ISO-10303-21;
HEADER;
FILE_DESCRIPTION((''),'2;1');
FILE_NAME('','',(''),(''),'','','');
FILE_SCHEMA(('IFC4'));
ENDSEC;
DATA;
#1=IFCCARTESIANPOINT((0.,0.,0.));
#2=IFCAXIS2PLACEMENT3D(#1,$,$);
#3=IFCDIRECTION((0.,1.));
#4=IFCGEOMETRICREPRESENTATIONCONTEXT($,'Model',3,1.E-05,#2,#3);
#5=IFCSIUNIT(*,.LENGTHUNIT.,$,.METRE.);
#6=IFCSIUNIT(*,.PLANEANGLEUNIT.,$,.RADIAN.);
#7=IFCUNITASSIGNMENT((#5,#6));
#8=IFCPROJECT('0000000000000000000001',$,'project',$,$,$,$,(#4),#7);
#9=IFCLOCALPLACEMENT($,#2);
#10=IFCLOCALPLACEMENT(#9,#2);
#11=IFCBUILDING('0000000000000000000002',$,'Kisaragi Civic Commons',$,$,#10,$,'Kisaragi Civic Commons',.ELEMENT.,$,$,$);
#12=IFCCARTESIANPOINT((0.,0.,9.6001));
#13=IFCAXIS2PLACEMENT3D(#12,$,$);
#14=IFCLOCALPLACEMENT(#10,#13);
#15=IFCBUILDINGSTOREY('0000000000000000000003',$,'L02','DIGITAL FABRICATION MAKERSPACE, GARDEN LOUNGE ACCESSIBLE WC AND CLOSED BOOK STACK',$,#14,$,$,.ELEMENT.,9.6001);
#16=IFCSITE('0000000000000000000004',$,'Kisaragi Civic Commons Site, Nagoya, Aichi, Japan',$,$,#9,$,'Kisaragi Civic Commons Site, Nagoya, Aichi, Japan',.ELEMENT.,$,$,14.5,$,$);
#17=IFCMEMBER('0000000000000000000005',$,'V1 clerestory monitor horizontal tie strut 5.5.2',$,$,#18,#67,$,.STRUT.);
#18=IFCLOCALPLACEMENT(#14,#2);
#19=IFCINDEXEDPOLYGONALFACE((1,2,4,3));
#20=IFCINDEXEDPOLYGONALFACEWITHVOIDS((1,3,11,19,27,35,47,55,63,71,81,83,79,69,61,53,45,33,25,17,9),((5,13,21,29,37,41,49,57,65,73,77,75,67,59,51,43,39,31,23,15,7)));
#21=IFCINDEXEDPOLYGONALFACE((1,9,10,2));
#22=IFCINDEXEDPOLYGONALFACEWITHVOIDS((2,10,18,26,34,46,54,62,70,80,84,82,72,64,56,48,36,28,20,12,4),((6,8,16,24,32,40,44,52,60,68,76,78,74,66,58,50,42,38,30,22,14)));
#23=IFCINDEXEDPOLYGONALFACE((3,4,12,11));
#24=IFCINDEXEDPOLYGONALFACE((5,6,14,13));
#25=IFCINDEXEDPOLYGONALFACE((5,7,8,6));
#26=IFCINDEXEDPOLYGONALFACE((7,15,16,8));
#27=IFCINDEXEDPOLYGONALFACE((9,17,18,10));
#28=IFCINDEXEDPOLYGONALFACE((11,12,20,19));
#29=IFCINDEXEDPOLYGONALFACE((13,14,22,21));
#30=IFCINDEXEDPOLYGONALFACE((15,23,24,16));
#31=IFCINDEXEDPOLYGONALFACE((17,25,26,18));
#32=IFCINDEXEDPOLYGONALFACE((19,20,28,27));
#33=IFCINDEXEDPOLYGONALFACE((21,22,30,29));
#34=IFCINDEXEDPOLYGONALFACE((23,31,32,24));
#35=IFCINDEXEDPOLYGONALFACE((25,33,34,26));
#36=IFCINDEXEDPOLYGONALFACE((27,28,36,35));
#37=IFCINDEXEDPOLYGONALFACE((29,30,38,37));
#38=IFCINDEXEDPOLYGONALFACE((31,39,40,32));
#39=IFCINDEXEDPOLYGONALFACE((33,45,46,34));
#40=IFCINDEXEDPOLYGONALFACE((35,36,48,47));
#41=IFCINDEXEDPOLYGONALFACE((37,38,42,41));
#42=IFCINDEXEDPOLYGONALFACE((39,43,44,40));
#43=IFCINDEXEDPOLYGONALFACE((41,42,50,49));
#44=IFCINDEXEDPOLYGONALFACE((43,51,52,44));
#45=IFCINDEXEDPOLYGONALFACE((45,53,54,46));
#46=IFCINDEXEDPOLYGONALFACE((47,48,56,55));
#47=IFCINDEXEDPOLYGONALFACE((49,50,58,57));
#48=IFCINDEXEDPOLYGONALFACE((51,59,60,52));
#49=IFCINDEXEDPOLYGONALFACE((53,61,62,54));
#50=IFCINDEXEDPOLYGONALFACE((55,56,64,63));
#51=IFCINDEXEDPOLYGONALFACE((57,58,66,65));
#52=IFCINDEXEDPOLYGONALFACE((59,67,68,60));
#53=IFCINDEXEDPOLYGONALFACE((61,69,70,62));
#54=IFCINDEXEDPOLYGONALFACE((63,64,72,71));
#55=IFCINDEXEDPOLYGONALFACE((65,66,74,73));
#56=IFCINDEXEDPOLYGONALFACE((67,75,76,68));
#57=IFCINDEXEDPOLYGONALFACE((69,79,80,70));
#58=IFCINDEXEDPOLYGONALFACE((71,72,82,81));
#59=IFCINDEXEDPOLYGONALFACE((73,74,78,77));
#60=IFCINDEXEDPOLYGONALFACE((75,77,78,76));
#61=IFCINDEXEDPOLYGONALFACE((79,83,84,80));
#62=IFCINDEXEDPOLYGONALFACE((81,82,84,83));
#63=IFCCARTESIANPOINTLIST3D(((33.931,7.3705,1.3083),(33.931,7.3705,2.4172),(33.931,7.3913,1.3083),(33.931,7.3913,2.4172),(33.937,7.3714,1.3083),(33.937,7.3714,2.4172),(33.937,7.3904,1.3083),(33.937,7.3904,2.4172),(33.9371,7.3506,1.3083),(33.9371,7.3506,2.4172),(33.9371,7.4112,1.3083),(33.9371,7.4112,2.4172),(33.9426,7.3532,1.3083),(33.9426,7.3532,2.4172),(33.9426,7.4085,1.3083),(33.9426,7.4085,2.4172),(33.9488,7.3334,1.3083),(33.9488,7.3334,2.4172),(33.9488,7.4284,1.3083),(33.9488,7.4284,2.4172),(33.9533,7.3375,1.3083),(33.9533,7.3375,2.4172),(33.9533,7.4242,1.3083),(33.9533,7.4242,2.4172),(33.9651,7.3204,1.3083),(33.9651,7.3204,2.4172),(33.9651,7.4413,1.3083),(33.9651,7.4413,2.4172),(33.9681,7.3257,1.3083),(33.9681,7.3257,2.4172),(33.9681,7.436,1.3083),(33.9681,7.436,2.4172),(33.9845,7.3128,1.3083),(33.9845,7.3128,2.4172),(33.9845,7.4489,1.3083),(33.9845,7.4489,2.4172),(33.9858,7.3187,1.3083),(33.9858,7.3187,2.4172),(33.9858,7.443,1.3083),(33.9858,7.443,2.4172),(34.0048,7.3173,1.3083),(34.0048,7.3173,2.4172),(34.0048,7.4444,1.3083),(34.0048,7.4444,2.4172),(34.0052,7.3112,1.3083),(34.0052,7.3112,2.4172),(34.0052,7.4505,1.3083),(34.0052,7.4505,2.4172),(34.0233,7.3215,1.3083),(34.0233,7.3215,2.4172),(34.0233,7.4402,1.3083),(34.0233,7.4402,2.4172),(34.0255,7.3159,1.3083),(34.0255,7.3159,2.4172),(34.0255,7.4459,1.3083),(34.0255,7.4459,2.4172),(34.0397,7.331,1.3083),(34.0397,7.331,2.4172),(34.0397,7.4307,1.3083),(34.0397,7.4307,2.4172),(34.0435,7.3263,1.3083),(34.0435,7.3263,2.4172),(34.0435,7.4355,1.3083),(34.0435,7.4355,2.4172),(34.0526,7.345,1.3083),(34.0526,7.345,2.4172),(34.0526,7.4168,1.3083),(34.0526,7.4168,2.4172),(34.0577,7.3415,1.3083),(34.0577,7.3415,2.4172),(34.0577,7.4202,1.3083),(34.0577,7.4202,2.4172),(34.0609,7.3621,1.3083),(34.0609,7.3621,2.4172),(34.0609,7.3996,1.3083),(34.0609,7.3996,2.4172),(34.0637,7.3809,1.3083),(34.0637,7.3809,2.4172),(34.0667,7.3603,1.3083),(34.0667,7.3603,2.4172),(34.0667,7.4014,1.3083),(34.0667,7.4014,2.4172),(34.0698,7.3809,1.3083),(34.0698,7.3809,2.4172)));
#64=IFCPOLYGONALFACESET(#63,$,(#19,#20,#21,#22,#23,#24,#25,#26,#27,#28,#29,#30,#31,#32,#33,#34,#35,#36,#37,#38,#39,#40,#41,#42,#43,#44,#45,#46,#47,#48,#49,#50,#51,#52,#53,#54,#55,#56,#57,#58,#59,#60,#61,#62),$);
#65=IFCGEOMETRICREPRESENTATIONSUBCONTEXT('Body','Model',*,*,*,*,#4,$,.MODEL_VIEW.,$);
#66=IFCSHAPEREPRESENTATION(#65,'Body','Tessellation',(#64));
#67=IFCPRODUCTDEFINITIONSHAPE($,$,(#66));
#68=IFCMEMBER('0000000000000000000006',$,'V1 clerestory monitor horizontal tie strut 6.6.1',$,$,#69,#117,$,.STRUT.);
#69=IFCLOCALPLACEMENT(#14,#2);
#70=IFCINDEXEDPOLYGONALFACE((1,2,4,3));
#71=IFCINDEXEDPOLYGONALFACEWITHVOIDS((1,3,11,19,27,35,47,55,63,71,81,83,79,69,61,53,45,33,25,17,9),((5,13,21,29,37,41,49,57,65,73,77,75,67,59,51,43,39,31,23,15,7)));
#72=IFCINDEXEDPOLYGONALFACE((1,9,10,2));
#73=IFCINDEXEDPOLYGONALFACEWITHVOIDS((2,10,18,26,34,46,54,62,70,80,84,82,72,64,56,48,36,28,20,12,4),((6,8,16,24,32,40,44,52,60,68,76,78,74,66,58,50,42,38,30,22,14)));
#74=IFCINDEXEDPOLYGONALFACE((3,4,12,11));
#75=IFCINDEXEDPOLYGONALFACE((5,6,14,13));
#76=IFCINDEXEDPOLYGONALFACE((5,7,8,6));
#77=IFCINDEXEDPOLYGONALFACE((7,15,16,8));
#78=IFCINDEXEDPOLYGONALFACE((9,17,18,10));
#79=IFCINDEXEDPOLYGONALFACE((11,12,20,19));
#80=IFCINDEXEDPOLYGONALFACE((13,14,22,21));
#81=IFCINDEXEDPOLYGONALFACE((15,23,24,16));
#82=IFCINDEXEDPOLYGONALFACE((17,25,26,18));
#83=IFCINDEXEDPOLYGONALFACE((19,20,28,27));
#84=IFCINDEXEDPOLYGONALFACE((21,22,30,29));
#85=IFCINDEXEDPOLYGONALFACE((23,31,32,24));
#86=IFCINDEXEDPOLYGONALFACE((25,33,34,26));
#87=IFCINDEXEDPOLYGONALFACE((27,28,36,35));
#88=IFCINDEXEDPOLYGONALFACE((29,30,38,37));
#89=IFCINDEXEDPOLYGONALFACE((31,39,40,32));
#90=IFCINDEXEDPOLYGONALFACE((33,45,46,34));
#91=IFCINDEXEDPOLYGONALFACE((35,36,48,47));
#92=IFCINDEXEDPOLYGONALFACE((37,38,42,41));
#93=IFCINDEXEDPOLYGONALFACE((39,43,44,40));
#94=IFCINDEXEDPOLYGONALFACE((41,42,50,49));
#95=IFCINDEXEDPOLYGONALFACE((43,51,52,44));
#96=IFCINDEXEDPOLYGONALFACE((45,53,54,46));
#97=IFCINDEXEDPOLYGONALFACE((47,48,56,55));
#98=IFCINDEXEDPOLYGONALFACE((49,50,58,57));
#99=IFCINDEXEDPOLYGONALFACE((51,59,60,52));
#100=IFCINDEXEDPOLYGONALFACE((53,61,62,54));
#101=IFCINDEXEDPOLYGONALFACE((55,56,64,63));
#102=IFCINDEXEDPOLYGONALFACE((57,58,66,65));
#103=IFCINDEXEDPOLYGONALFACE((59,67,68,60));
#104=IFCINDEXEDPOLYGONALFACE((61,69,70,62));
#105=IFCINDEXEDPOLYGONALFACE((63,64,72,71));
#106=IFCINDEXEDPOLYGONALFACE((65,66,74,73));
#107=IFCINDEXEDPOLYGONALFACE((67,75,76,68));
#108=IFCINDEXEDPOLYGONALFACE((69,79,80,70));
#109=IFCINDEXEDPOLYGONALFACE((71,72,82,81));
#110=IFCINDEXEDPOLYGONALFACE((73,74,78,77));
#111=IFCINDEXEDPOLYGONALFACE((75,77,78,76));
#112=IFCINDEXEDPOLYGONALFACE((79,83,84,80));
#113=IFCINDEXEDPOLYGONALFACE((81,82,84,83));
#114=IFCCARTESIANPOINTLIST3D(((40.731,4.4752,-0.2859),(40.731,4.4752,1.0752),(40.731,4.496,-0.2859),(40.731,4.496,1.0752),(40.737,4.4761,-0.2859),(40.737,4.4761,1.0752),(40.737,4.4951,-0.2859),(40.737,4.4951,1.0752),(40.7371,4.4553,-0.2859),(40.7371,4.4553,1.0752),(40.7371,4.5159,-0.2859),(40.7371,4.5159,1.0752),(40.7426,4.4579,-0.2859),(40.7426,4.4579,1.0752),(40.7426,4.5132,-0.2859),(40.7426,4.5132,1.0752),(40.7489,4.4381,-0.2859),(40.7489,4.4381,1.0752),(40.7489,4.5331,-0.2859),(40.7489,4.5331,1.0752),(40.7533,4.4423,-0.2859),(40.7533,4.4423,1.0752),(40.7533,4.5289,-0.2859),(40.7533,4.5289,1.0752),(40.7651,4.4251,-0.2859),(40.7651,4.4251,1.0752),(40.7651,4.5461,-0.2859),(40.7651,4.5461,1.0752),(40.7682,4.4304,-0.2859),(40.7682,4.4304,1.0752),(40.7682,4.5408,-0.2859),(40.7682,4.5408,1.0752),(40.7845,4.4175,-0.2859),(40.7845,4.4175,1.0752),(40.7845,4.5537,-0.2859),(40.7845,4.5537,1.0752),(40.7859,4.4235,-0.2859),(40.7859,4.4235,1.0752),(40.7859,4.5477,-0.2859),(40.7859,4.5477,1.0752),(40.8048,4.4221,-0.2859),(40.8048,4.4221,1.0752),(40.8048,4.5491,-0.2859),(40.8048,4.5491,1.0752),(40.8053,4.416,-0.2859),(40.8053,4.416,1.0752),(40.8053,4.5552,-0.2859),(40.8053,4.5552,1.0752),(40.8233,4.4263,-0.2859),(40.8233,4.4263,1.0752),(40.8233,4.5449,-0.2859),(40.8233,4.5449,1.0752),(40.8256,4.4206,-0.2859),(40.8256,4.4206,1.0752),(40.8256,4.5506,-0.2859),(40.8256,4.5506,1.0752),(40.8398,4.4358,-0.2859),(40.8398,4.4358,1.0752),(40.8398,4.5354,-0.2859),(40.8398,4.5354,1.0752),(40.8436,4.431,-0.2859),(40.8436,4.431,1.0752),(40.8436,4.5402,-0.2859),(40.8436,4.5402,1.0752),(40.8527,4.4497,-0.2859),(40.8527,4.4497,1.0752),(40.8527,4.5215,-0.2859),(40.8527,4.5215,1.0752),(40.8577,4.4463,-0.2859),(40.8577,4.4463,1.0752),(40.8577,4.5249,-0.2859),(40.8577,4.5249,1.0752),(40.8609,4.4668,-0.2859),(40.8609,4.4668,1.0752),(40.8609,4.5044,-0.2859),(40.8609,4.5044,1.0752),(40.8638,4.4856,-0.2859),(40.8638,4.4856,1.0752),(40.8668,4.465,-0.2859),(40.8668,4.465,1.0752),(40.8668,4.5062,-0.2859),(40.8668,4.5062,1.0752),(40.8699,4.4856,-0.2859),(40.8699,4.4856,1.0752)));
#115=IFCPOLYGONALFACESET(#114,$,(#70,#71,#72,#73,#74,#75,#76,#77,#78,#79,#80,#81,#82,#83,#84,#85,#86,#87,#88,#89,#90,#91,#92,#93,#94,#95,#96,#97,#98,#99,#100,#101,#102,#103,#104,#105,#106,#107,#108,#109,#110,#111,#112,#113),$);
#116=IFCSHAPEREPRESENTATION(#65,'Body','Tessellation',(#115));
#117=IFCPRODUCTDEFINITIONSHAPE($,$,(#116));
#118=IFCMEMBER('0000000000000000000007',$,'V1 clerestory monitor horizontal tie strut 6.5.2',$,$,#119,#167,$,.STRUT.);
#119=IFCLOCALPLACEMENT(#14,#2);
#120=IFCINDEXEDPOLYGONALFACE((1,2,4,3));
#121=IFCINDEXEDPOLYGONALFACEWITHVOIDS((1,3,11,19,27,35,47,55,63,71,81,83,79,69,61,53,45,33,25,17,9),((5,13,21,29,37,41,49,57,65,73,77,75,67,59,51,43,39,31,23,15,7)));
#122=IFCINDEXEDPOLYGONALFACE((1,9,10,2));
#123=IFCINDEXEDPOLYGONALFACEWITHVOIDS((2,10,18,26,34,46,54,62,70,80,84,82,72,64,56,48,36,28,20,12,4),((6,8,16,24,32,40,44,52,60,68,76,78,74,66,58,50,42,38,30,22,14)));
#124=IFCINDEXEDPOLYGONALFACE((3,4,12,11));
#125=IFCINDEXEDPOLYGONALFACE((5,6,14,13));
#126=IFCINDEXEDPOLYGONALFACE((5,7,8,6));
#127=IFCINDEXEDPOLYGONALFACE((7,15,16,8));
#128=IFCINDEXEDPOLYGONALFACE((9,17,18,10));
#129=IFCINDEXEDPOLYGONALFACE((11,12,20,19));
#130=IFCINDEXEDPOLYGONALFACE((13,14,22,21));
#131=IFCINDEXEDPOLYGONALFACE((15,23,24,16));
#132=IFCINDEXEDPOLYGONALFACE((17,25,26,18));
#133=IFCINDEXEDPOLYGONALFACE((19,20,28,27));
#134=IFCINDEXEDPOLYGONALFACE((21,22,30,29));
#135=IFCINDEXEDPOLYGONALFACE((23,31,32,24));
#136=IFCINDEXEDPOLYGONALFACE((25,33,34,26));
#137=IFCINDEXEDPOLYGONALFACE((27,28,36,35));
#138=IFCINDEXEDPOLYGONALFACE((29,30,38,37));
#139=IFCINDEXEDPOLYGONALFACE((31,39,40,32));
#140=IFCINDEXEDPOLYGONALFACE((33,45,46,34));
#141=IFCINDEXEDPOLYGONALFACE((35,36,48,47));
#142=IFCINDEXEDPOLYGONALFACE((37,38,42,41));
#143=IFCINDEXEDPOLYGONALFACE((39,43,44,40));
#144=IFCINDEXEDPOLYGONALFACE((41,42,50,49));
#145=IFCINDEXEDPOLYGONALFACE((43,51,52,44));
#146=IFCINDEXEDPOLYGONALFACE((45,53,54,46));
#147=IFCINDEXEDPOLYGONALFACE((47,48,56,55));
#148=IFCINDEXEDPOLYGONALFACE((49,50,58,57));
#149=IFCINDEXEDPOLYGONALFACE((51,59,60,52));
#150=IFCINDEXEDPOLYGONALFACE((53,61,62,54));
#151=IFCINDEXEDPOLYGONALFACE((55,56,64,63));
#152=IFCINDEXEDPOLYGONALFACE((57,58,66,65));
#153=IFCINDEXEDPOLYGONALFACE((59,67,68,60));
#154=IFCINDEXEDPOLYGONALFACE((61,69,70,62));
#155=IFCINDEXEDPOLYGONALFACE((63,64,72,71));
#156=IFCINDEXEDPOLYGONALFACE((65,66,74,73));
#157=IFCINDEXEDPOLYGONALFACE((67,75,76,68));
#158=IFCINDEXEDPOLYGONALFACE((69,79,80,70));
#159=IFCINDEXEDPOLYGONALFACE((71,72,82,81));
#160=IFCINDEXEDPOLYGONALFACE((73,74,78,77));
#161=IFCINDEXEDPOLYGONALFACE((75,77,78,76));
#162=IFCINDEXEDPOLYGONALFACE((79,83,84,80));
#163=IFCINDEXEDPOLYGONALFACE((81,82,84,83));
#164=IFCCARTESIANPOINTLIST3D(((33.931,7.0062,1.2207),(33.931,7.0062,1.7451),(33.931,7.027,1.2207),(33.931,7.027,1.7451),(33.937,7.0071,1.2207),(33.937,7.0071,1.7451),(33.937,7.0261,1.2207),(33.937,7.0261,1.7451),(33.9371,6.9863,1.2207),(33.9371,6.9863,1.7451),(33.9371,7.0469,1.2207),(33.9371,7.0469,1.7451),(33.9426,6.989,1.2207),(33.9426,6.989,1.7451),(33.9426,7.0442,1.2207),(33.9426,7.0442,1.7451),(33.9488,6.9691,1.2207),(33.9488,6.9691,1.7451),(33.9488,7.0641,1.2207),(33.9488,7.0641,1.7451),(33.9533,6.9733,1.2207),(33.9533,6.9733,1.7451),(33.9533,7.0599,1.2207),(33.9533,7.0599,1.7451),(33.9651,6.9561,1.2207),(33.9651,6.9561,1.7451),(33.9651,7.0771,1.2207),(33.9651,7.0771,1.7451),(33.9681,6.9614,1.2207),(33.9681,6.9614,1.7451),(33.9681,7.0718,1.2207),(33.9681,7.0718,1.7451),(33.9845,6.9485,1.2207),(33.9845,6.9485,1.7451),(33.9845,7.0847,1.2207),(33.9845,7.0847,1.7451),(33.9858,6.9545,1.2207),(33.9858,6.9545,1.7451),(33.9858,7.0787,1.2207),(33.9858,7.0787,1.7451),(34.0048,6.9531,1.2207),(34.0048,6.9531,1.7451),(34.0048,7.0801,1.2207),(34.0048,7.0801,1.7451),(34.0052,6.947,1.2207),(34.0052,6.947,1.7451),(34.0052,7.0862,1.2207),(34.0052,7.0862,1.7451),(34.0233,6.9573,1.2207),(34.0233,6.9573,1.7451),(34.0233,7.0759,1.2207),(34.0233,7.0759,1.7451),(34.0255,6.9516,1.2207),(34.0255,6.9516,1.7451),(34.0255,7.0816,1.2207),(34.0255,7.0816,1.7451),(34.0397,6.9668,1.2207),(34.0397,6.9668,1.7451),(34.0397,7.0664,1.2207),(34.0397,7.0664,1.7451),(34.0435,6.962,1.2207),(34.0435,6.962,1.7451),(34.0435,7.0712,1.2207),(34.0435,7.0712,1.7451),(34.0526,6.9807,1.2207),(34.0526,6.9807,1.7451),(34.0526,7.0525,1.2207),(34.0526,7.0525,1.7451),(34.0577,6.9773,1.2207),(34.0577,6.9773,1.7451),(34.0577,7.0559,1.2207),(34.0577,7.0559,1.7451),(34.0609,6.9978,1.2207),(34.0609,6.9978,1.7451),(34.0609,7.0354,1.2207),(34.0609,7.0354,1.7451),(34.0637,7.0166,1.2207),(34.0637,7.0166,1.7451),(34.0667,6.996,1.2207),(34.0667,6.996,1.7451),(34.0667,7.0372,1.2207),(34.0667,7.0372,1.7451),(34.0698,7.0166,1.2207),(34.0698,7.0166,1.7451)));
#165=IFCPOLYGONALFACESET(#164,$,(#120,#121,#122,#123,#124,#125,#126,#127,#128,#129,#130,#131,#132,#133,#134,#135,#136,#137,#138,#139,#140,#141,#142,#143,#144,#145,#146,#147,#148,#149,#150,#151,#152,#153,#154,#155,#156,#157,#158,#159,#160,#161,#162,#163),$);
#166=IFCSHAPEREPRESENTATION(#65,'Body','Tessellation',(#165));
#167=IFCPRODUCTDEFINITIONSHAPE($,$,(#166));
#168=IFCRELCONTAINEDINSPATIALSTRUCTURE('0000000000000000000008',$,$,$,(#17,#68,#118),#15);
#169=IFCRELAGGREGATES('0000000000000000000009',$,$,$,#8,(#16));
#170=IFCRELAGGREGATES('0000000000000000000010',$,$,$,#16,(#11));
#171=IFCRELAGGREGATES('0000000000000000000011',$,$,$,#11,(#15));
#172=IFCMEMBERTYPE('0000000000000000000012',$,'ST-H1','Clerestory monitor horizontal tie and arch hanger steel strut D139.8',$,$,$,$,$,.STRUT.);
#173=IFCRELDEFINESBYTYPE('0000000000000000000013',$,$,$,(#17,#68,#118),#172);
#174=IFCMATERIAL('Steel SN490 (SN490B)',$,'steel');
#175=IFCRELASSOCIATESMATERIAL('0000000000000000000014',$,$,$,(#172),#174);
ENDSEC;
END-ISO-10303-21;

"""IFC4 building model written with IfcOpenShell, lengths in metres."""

from ifc_helpers import new_model, si_unit, direction, frame, origin, origin_2d, place, context, subcontext, project, spatial, hollow_circle, extrude, material, material_profile, profile_set, type_object, element, save


model = new_model("IFC4")

# Units and contexts
model_context = context("Model", 3, precision=1e-05, world=origin(), true_north=direction((0.0, 1.0)))
body_context = subcontext(model_context, "Body", "Model", "MODEL_VIEW")
ifc_project = project(units=[si_unit("LENGTHUNIT", "METRE"), si_unit("PLANEANGLEUNIT", "RADIAN")], contexts=[model_context])

# Site, building, storey
site_placement = place(None, origin())
site = spatial("IfcSite", under=ifc_project, at=site_placement, Name="Kisaragi Civic Commons Site, Nagoya, Aichi, Japan", LongName="Kisaragi Civic Commons Site, Nagoya, Aichi, Japan", CompositionType="ELEMENT", RefElevation=14.5)
building_placement = place(site_placement, origin())
building = spatial("IfcBuilding", under=site, at=building_placement, Name="Kisaragi Civic Commons", LongName="Kisaragi Civic Commons", CompositionType="ELEMENT")
storey_placement = place(building_placement, frame((0.0, 0.0, 9.6001)))
storey = spatial("IfcBuildingStorey", under=building, at=storey_placement, Name="L02", Description="DIGITAL FABRICATION MAKERSPACE, GARDEN LOUNGE ACCESSIBLE WC AND CLOSED BOOK STACK", CompositionType="ELEMENT", Elevation=9.6001)

# Members
ifc_material_1 = material(Name="Steel SN490 (SN490B)", Category="steel")
ifc_material_profile_1 = material_profile(ifc_material_1, hollow_circle(Radius=0.0698, WallThickness=0.0061, at=origin_2d()), Name="CHS-139.8x6.0", Category="steel")
ifc_profile_set_1 = profile_set([ifc_material_profile_1], Name="Steel SN490 (SN490B)")
member_type_1 = type_object("IfcMemberType", Name="ST-H1", Description="Clerestory monitor horizontal tie and arch hanger steel strut D139.8", PredefinedType="STRUT", material=ifc_profile_set_1)
member_1_placement = place(storey_placement, frame((34.0, 7.3809, 1.3083), z_axis=(0.0, 0.0, 1.0), x_axis=(1.0, 0.0, 0.0)))
element("IfcMember", 1, at=member_1_placement, inside=storey, type_object=member_type_1, Name="V1 clerestory monitor horizontal tie strut 5.5.2", PredefinedType="STRUT", context=body_context, shape_type="SweptSolid", body=[
    extrude(hollow_circle(Radius=0.0698, WallThickness=0.0061, at=origin_2d()), origin(), (0.0, 0.0, 1.0), 1.1089),
])
member_2_placement = place(storey_placement, frame((40.8, 4.4856, -0.2859), z_axis=(0.0, 0.0, 1.0), x_axis=(1.0, 0.0, 0.0)))
element("IfcMember", 2, at=member_2_placement, inside=storey, type_object=member_type_1, Name="V1 clerestory monitor horizontal tie strut 6.6.1", PredefinedType="STRUT", context=body_context, shape_type="SweptSolid", body=[
    extrude(hollow_circle(Radius=0.0698, WallThickness=0.0061, at=origin_2d()), origin(), (0.0, 0.0, 1.0), 1.3611),
])
member_3_placement = place(storey_placement, frame((34.0, 7.0166, 1.2207), z_axis=(0.0, 0.0, 1.0), x_axis=(1.0, 0.0, 0.0)))
element("IfcMember", 3, at=member_3_placement, inside=storey, type_object=member_type_1, Name="V1 clerestory monitor horizontal tie strut 6.5.2", PredefinedType="STRUT", context=body_context, shape_type="SweptSolid", body=[
    extrude(hollow_circle(Radius=0.0698, WallThickness=0.0061, at=origin_2d()), origin(), (0.0, 0.0, 1.0), 0.5244),
])

save(model, "model.ifc")
